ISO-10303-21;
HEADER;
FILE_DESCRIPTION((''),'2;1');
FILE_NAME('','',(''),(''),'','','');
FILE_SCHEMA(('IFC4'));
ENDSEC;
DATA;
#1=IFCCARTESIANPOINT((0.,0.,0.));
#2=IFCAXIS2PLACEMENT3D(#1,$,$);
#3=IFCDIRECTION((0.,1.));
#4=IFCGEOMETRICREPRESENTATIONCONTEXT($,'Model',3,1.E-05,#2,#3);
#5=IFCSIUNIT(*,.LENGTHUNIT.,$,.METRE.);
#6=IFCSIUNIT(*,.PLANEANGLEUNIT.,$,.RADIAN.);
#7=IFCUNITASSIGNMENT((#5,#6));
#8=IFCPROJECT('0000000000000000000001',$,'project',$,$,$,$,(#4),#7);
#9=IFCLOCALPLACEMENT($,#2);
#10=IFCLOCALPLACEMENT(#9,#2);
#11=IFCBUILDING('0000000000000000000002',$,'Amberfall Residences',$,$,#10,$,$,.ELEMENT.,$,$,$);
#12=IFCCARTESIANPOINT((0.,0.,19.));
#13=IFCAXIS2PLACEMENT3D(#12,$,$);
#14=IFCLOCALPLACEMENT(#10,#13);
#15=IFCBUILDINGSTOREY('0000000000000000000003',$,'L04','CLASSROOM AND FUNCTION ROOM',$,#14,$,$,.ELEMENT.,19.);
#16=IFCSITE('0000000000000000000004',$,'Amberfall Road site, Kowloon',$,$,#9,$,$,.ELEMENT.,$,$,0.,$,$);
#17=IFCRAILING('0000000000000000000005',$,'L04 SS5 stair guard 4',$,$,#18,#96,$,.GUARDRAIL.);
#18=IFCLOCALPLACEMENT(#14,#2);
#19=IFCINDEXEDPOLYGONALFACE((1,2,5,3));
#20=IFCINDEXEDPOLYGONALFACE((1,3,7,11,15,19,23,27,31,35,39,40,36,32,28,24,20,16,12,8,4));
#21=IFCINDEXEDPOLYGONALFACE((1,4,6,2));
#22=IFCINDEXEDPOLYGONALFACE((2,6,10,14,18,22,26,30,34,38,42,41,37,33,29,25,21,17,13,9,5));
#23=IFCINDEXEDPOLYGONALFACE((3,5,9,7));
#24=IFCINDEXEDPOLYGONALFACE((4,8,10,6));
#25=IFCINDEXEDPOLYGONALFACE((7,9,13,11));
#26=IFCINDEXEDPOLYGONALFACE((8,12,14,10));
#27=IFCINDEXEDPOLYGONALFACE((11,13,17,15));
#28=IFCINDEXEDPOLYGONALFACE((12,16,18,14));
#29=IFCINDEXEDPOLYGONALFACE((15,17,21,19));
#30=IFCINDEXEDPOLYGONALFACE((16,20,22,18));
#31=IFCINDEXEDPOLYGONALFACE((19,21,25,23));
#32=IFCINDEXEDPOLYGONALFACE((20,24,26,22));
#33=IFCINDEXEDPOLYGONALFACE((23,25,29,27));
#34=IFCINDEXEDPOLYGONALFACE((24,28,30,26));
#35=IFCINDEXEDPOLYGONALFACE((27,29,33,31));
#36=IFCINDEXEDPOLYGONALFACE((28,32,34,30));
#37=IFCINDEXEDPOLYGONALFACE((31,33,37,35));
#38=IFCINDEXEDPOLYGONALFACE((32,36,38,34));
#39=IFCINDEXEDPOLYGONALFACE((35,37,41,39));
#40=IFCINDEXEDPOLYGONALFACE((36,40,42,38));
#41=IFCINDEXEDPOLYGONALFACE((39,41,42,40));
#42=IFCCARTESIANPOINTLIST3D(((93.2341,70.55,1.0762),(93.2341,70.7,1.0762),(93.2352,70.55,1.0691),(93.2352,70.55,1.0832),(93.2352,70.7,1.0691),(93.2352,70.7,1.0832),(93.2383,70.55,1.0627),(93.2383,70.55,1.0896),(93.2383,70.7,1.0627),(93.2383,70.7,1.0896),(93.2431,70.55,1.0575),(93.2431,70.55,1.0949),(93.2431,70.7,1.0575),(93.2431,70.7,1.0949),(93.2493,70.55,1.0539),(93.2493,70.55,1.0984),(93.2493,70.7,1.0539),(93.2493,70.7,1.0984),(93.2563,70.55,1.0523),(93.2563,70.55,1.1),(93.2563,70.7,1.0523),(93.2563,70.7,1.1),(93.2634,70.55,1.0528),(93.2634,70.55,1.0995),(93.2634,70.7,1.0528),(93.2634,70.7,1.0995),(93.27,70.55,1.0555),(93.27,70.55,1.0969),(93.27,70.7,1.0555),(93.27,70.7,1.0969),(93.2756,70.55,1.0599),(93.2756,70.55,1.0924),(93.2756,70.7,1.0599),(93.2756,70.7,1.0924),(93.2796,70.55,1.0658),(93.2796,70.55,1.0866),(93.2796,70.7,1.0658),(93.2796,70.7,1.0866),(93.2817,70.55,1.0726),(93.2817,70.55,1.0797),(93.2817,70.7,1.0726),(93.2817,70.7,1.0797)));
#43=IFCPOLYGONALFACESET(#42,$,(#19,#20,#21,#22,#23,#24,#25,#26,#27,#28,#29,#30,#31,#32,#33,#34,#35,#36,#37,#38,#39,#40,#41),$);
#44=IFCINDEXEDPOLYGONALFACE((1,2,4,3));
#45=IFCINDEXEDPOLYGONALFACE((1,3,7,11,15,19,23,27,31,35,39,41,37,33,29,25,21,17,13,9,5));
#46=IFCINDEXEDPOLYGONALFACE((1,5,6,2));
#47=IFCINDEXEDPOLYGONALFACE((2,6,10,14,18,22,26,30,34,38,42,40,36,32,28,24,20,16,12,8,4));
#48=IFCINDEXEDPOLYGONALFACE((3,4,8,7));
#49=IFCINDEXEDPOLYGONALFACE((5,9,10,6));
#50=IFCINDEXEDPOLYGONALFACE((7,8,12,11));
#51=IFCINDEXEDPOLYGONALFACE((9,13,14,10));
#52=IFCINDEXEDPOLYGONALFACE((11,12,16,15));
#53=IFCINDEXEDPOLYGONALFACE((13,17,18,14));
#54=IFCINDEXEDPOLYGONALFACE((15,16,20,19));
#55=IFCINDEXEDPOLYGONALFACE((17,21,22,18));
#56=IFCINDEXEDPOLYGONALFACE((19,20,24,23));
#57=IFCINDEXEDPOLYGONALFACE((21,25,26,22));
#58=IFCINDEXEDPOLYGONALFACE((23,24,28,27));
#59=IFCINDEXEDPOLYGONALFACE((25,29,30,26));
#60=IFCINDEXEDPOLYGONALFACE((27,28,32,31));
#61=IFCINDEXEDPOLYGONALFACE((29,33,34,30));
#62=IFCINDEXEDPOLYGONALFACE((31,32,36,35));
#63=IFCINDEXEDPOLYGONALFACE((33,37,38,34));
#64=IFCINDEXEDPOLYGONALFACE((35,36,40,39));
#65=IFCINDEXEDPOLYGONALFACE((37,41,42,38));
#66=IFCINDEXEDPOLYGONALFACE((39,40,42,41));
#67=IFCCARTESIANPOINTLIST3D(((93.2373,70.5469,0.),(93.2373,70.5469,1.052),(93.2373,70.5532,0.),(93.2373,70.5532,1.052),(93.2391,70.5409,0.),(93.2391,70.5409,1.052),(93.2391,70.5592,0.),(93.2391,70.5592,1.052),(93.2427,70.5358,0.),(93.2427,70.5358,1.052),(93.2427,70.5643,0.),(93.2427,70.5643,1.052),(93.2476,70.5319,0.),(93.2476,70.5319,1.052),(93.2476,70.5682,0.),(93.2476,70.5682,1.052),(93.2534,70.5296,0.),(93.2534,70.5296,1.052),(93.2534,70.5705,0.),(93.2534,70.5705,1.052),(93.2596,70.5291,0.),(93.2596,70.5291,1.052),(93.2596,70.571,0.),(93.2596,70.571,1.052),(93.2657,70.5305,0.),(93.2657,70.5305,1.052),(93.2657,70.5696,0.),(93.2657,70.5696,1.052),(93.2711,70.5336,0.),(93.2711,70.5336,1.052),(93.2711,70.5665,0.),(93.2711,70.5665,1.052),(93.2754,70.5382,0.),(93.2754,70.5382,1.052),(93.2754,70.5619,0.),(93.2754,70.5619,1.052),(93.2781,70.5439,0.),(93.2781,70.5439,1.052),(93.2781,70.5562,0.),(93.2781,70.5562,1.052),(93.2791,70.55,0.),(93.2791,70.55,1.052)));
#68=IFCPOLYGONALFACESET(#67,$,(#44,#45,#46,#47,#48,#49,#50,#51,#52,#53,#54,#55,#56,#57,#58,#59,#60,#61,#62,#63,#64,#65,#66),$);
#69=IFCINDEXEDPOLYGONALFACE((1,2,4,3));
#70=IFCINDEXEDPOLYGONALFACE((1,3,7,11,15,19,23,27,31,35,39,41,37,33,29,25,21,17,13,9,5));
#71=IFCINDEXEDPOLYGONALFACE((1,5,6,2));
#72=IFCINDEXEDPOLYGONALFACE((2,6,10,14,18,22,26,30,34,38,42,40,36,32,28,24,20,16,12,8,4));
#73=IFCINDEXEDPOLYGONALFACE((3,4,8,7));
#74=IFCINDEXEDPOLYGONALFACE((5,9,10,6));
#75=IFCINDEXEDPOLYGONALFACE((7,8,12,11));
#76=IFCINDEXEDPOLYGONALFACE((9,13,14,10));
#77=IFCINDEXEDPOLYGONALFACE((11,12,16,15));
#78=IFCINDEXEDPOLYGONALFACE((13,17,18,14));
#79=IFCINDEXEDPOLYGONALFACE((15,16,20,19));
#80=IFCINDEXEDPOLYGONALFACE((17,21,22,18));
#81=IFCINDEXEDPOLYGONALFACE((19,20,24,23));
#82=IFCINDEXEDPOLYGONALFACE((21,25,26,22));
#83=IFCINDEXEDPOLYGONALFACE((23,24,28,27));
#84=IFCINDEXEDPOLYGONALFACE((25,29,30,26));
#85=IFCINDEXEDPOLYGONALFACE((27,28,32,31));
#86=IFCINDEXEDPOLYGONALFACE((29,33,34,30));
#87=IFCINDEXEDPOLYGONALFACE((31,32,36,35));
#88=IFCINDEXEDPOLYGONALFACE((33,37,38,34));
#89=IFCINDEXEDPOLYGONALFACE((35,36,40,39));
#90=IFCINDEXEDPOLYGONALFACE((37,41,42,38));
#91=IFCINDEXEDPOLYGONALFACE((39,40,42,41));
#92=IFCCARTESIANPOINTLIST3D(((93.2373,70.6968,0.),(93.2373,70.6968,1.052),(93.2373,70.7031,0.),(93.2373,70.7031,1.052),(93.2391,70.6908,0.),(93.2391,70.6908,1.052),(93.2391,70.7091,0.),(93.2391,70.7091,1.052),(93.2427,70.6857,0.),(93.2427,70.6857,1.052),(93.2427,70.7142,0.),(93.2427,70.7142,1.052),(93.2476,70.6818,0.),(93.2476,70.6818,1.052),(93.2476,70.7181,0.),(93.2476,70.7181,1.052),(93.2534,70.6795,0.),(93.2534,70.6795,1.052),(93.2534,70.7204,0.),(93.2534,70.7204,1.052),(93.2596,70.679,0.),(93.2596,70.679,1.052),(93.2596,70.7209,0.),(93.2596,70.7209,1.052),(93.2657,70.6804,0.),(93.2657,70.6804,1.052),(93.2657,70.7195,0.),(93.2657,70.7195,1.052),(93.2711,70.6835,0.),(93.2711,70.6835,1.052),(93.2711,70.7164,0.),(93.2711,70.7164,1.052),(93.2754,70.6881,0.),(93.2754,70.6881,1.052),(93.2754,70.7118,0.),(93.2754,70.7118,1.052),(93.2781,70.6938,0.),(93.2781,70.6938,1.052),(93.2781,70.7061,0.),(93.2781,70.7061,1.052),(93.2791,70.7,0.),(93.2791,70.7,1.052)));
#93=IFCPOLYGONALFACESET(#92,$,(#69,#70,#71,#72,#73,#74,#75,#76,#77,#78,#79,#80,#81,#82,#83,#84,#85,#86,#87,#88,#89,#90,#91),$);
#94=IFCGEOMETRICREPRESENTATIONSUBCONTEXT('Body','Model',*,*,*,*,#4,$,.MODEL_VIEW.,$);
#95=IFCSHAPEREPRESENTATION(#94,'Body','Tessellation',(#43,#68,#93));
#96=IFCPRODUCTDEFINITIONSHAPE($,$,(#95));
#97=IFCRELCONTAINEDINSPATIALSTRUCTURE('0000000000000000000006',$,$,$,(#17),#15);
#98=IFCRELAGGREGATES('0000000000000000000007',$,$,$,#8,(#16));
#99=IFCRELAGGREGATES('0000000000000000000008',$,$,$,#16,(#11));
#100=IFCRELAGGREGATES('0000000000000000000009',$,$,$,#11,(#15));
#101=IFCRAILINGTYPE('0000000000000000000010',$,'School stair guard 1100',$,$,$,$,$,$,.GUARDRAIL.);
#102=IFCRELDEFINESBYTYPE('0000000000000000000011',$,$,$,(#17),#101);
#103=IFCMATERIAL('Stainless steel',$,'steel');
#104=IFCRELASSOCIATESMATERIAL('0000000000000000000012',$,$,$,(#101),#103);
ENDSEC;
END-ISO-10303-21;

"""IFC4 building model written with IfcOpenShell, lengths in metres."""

from ifc_helpers import new_model, si_unit, direction, frame, origin, origin_2d, place, context, subcontext, project, spatial, circle, extrude, material, type_object, element, save


model = new_model("IFC4")

# Units and contexts
model_context = context("Model", 3, precision=1e-05, world=origin(), true_north=direction((0.0, 1.0)))
body_context = subcontext(model_context, "Body", "Model", "MODEL_VIEW")
ifc_project = project(units=[si_unit("LENGTHUNIT", "METRE"), si_unit("PLANEANGLEUNIT", "RADIAN")], contexts=[model_context])

# Site, building, storey
site_placement = place(None, origin())
site = spatial("IfcSite", under=ifc_project, at=site_placement, Name="Amberfall Road site, Kowloon", CompositionType="ELEMENT", RefElevation=0.0)
building_placement = place(site_placement, origin())
building = spatial("IfcBuilding", under=site, at=building_placement, Name="Amberfall Residences", CompositionType="ELEMENT")
storey_placement = place(building_placement, frame((0.0, 0.0, 19.0)))
storey = spatial("IfcBuildingStorey", under=building, at=storey_placement, Name="L04", Description="CLASSROOM AND FUNCTION ROOM", CompositionType="ELEMENT", Elevation=19.0)

# Railing
ifc_material_1 = material(Name="Stainless steel", Category="steel")
railing_type_1 = type_object("IfcRailingType", Name="School stair guard 1100", PredefinedType="GUARDRAIL", material=ifc_material_1)
railing_1_placement = place(storey_placement, frame((93.2581, 70.55, 0.0)))
element("IfcRailing", 1, at=railing_1_placement, inside=storey, type_object=railing_type_1, Name="L04 SS5 stair guard 4", PredefinedType="GUARDRAIL", context=body_context, shape_type="SweptSolid", body=[
    extrude(circle(Radius=0.0239, at=origin_2d()), frame((0.0, 0.0, 1.0762), z_axis=(0.0, 1.0, 0.0), x_axis=(-1.0, 0.0, 0.0)), (0.0, 0.0, 1.0), 0.1499),
    extrude(circle(Radius=0.021, at=origin_2d()), origin(), (0.0, 0.0, 1.0), 1.052),
    extrude(circle(Radius=0.021, at=origin_2d()), frame((0.0, 0.1499, 0.0)), (0.0, 0.0, 1.0), 1.052),
])

save(model, "model.ifc")
